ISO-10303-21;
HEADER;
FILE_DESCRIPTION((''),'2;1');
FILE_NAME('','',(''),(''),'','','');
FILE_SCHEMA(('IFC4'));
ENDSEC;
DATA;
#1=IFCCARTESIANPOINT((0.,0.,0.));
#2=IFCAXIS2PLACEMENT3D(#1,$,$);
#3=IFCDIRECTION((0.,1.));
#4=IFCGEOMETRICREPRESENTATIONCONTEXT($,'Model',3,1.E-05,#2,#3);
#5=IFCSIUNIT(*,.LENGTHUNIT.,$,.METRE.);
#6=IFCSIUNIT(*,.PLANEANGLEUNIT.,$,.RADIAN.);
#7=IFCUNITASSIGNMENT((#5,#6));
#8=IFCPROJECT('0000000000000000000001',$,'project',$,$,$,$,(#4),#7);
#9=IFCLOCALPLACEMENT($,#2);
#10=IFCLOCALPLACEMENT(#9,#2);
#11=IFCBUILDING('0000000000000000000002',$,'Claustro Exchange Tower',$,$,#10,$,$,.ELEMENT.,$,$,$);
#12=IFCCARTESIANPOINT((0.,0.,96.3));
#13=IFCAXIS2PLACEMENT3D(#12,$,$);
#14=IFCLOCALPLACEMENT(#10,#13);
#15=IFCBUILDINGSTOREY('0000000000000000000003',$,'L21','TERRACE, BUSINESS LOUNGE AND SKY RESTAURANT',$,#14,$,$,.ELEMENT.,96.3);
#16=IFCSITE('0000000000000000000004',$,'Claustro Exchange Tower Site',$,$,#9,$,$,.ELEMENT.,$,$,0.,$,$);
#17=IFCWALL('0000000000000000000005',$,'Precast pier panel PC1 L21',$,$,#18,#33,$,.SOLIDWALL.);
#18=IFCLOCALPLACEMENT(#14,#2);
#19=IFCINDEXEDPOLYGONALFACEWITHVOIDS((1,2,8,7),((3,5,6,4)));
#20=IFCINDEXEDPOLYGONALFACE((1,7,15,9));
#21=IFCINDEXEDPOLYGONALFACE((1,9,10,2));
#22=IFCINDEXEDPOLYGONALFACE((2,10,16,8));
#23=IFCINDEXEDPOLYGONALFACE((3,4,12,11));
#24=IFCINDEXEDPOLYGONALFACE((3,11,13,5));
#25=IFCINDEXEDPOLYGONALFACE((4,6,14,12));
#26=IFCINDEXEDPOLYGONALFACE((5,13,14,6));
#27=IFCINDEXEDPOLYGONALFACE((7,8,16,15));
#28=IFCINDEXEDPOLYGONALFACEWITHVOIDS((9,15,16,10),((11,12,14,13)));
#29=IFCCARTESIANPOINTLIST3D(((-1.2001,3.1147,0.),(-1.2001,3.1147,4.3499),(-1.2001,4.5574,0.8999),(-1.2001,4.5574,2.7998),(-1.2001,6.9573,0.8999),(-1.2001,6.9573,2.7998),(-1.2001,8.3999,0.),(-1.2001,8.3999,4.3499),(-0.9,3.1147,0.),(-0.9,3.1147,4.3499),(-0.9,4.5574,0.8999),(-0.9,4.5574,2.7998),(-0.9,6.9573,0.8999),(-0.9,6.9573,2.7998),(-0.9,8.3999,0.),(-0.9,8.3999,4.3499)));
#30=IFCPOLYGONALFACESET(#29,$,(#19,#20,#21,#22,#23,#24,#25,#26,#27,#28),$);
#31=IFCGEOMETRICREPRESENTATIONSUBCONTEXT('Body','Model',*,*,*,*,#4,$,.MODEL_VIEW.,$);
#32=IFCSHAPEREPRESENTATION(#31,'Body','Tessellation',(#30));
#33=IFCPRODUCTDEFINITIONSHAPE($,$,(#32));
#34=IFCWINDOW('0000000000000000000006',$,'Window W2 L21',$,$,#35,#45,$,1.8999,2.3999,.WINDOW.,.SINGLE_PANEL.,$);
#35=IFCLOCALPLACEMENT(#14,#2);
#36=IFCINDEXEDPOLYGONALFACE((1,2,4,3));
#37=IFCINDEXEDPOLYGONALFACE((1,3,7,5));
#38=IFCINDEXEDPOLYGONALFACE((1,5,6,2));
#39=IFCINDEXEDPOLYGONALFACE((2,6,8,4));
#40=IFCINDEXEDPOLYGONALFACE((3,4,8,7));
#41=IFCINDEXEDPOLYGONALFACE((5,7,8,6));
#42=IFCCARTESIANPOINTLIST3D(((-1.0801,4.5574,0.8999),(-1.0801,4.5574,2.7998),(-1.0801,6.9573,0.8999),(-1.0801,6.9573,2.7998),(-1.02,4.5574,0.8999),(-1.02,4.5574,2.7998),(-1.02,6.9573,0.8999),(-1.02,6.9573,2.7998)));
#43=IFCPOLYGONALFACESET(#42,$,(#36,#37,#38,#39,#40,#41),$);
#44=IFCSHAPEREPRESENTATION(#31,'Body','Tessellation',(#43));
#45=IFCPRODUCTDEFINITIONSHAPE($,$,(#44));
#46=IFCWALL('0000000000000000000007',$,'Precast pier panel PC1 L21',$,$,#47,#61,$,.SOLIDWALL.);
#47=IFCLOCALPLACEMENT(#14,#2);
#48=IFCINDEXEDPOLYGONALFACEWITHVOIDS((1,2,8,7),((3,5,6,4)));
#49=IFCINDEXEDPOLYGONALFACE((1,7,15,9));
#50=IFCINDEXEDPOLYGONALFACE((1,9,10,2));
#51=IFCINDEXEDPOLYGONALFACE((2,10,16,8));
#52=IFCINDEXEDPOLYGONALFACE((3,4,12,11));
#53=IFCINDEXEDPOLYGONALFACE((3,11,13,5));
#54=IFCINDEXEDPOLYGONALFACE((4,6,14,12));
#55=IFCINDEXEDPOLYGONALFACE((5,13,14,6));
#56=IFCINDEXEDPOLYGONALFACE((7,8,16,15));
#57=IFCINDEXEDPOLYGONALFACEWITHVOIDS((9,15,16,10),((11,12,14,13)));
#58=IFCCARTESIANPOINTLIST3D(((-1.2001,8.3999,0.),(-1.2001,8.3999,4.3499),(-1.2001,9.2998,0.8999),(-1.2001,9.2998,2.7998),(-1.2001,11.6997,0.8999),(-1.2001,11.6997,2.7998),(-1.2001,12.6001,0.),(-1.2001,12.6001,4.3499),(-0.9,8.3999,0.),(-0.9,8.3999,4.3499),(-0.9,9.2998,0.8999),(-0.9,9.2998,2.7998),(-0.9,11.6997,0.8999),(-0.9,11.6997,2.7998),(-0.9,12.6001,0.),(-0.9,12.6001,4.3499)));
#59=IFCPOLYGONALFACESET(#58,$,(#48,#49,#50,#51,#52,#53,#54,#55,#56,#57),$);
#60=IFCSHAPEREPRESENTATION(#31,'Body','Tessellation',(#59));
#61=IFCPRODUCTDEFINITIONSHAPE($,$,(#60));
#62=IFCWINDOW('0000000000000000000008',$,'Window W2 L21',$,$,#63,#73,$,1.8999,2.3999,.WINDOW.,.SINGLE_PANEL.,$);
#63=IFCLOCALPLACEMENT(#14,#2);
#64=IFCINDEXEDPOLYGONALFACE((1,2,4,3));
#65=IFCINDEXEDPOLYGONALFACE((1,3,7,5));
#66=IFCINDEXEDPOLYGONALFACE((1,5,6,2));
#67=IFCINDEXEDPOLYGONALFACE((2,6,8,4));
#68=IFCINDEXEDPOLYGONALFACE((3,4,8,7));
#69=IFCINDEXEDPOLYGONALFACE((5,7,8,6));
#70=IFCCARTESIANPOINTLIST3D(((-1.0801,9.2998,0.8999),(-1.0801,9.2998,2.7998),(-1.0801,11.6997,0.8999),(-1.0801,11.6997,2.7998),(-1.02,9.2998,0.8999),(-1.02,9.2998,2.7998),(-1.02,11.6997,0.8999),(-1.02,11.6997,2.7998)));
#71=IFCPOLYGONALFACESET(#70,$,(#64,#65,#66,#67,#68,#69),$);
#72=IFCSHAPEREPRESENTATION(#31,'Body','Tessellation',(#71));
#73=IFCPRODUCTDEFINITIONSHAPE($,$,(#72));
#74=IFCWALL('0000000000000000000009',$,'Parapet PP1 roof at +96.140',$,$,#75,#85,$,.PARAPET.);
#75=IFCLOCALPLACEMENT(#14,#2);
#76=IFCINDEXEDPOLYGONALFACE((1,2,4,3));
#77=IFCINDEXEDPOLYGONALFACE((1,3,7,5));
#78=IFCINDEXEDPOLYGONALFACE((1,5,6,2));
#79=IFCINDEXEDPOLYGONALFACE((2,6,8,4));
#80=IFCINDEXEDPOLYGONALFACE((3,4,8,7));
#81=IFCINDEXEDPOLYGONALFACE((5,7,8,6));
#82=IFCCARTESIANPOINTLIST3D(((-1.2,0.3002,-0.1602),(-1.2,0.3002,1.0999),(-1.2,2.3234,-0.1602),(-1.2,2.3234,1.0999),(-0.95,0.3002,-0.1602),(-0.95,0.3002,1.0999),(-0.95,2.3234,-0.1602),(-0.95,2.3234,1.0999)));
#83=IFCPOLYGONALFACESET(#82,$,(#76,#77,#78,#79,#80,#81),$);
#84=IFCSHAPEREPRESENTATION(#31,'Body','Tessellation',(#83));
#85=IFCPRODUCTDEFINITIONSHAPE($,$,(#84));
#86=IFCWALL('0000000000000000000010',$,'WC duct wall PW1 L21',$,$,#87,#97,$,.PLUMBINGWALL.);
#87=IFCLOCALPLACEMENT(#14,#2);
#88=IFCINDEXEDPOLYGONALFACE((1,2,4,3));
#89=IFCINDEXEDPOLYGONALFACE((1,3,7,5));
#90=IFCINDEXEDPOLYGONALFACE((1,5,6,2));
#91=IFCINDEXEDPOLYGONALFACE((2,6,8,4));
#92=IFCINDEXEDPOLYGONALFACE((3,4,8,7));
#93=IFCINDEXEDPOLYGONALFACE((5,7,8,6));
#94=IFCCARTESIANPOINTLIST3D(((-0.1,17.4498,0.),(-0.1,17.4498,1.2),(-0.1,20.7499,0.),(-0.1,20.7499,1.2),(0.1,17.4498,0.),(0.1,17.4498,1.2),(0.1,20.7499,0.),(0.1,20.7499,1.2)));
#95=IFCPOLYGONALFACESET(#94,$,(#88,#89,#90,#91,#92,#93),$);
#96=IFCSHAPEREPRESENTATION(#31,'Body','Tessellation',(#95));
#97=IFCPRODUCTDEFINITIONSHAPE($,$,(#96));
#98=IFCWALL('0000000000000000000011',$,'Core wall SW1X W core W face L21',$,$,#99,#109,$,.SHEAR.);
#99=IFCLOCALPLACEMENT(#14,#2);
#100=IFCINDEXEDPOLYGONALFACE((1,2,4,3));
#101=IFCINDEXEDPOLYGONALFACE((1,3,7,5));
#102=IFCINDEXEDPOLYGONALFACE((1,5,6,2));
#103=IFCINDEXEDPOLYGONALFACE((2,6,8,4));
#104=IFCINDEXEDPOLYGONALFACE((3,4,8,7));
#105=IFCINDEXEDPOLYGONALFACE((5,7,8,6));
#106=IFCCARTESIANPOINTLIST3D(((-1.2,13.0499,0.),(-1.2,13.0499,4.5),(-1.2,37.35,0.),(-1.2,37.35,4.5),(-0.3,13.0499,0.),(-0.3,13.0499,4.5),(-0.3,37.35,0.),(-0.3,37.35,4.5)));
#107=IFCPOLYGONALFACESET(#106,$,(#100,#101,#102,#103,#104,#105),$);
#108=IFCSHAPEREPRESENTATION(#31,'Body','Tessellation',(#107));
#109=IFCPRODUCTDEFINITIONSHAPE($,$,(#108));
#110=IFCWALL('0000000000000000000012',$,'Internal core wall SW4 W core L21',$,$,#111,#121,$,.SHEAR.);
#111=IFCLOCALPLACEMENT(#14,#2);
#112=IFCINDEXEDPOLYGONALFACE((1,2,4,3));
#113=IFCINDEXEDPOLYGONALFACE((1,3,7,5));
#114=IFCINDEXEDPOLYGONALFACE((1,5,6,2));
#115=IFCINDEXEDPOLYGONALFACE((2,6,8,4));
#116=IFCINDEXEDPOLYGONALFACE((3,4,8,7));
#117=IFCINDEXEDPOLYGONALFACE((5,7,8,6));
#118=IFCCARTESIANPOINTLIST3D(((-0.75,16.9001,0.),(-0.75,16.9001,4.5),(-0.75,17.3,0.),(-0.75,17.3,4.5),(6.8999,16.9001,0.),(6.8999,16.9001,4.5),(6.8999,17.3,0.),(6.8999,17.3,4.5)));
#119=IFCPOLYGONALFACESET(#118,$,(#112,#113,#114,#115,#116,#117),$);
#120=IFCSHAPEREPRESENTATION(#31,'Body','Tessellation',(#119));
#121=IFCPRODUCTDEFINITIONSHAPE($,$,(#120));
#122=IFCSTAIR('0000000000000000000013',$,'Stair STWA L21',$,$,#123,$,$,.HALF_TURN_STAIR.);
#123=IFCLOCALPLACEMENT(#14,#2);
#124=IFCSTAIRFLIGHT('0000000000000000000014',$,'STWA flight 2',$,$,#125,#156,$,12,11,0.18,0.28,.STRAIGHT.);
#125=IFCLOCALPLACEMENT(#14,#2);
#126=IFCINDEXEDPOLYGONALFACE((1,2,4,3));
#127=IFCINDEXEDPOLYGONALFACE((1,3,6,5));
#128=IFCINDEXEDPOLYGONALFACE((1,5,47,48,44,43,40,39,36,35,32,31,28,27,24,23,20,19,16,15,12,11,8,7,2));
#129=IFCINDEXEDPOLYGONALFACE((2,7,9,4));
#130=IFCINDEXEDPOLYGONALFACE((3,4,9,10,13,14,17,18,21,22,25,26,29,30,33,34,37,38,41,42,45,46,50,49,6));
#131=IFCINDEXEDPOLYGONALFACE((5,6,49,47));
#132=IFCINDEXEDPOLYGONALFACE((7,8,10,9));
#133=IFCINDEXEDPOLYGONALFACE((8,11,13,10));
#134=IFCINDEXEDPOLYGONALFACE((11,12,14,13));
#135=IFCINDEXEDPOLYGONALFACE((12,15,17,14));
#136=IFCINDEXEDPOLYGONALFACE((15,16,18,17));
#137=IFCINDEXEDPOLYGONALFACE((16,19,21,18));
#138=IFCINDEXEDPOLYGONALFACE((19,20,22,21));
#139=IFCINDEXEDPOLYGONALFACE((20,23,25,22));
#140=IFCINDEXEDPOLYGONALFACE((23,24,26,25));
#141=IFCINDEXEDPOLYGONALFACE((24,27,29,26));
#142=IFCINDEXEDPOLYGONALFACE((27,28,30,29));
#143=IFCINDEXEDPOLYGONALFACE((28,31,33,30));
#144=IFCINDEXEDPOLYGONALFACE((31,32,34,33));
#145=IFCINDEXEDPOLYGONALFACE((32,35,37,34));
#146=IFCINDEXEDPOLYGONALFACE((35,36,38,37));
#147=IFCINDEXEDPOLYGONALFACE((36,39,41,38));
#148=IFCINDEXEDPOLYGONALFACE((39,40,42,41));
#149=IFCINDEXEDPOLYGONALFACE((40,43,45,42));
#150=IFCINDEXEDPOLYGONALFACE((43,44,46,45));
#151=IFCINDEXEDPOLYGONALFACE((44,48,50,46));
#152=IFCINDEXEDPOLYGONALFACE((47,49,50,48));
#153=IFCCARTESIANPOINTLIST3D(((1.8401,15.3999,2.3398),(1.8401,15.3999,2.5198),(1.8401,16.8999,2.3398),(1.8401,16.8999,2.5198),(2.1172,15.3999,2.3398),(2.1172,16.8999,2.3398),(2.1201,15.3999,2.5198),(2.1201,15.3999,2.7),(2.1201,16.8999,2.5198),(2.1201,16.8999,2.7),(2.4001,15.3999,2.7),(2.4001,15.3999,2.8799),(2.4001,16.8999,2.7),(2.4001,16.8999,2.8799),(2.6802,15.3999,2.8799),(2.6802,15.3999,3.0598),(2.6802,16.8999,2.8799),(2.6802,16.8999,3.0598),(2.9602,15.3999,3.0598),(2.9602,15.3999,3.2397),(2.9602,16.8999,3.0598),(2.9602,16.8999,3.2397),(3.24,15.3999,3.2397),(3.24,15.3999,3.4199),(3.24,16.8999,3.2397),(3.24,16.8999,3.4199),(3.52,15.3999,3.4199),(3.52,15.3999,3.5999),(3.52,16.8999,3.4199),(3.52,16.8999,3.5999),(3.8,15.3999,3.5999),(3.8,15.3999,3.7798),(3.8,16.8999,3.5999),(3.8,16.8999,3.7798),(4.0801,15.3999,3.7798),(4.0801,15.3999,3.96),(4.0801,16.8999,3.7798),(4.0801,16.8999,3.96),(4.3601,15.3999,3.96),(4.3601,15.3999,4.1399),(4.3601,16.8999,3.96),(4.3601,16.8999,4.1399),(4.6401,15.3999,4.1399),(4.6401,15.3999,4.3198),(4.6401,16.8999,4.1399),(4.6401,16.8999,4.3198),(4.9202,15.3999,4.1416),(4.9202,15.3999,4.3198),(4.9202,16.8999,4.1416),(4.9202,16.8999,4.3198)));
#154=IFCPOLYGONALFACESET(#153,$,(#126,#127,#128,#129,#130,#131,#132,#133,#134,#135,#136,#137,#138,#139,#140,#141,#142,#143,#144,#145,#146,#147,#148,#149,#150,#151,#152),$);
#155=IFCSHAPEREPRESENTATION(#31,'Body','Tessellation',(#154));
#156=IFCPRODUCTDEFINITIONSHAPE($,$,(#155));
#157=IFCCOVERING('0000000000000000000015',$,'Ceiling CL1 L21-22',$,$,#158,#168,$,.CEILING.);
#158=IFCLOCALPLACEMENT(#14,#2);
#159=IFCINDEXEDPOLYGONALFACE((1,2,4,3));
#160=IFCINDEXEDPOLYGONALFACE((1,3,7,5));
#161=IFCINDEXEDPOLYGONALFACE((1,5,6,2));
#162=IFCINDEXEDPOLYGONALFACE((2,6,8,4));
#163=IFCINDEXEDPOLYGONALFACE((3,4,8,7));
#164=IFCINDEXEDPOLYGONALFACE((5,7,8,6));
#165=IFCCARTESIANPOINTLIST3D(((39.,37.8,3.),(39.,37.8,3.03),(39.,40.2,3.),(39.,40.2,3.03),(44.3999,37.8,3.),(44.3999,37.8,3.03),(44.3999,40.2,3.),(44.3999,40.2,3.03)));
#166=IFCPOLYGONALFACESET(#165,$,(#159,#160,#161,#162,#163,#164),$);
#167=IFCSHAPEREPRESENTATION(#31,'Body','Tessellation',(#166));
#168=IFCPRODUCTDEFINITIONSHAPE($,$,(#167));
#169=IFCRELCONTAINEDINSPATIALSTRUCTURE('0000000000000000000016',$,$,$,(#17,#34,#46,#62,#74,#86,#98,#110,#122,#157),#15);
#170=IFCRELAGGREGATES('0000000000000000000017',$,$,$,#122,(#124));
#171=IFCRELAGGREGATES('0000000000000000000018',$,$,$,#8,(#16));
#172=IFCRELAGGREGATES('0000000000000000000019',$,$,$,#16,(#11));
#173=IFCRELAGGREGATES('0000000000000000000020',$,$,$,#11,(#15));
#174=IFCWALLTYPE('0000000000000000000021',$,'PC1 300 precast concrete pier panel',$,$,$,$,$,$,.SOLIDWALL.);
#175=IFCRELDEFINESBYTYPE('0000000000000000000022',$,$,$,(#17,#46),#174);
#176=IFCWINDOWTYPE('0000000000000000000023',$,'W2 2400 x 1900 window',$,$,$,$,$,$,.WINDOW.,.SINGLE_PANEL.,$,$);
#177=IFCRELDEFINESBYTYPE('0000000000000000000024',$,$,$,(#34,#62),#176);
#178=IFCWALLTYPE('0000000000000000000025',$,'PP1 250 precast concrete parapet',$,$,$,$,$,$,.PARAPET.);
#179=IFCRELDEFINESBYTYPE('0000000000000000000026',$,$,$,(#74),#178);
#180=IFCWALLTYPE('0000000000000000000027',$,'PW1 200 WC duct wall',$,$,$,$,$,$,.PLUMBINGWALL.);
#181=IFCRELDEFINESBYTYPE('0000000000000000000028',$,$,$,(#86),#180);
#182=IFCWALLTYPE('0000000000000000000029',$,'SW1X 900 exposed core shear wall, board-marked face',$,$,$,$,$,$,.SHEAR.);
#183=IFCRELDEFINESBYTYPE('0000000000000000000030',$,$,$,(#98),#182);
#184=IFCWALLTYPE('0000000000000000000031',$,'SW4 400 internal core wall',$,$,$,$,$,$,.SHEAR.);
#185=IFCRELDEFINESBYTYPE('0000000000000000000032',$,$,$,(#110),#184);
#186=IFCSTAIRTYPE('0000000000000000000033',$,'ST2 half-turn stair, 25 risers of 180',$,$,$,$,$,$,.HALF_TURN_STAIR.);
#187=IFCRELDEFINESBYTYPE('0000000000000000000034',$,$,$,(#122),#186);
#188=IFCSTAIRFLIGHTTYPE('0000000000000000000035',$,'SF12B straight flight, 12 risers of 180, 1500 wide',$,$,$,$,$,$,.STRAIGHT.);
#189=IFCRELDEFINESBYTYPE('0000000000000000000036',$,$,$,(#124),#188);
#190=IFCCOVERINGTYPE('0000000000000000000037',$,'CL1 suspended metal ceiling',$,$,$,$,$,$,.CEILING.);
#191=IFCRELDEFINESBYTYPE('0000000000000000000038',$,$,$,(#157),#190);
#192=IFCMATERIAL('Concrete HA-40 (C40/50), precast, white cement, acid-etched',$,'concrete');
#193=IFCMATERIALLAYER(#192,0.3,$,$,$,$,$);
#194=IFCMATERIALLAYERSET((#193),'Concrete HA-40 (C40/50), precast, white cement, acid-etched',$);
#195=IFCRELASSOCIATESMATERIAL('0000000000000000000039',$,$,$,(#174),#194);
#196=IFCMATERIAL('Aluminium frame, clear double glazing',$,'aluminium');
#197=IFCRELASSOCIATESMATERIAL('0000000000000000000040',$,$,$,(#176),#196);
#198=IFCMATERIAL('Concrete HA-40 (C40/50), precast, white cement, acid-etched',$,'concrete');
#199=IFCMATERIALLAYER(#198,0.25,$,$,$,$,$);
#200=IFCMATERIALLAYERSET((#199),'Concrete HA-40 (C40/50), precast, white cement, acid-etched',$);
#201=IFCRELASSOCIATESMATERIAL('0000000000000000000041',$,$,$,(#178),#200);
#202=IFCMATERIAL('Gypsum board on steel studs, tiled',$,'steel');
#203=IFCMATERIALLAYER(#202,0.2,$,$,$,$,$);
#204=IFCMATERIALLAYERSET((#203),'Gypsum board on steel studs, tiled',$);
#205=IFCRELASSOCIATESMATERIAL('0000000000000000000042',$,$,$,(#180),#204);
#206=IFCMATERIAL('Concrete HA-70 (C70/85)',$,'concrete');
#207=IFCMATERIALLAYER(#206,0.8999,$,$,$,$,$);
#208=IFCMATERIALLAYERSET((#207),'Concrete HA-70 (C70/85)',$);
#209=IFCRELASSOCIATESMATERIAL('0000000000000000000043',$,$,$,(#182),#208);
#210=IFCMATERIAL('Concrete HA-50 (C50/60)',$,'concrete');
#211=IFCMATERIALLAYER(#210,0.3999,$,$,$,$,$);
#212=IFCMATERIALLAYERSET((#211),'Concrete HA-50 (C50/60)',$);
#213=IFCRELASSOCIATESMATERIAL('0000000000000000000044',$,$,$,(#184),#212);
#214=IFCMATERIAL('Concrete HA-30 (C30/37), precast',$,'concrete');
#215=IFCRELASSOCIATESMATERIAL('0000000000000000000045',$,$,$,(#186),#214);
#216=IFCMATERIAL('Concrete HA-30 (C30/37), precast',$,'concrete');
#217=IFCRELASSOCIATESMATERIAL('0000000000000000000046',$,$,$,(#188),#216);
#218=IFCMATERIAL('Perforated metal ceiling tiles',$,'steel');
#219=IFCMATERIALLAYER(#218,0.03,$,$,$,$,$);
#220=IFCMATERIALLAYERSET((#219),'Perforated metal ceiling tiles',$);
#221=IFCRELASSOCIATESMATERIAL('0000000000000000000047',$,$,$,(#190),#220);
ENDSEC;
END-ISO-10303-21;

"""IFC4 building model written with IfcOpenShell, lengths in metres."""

from ifc_helpers import new_model, si_unit, direction, frame, frame_2d, origin, place, context, subcontext, project, spatial, polyline, rectangle, outline, extrude, material, layer, layer_set, type_object, element, fill, aggregate, save


model = new_model("IFC4")

# Units and contexts
model_context = context("Model", 3, precision=1e-05, world=origin(), true_north=direction((0.0, 1.0)))
body_context = subcontext(model_context, "Body", "Model", "MODEL_VIEW")
ifc_project = project(units=[si_unit("LENGTHUNIT", "METRE"), si_unit("PLANEANGLEUNIT", "RADIAN")], contexts=[model_context])

# Site, building, storey
site_placement = place(None, origin())
site = spatial("IfcSite", under=ifc_project, at=site_placement, Name="Claustro Exchange Tower Site", CompositionType="ELEMENT", RefElevation=0.0)
building_placement = place(site_placement, origin())
building = spatial("IfcBuilding", under=site, at=building_placement, Name="Claustro Exchange Tower", CompositionType="ELEMENT")
storey_placement = place(building_placement, frame((0.0, 0.0, 96.3)))
storey = spatial("IfcBuildingStorey", under=building, at=storey_placement, Name="L21", Description="TERRACE, BUSINESS LOUNGE AND SKY RESTAURANT", CompositionType="ELEMENT", Elevation=96.3)

# Shared definitions
ifc_material_1 = material(Name="Concrete HA-40 (C40/50), precast, white cement, acid-etched", Category="concrete")
ifc_layer_1 = layer(ifc_material_1, 0.3)
ifc_layer_set_1 = layer_set([ifc_layer_1], Name="Concrete HA-40 (C40/50), precast, white cement, acid-etched")
wall_type_1 = type_object("IfcWallType", Name="PC1 300 precast concrete pier panel", PredefinedType="SOLIDWALL", material=ifc_layer_set_1)

# Walls, openings, windows
wall_1_placement = place(storey_placement, frame((-1.05, 3.1147, 0.0), z_axis=(0.0, 0.0, 1.0), x_axis=(0.0, 1.0, 0.0)))
wall_1 = element("IfcWall", 1, at=wall_1_placement, inside=storey, type_object=wall_type_1, Name="Precast pier panel PC1 L21", PredefinedType="SOLIDWALL", context=body_context, shape_type="SweptSolid", body=[
    extrude(rectangle(XDim=5.2852, YDim=0.3, at=frame_2d((2.6426, 0.0))), origin(), (0.0, 0.0, 1.0), 4.3499),
])
opening_1_placement = place(wall_1_placement, frame((1.4426, 0.0, 0.8999)))
opening_1 = element("IfcOpeningElement", 2, at=opening_1_placement, cuts=wall_1, PredefinedType="OPENING", context=body_context, shape_type="SweptSolid", body=[
    extrude(rectangle(XDim=2.3999, YDim=1.8999, at=frame_2d((1.2, 0.95))), frame((0.0, 0.1599, 0.0), z_axis=(0.0, -1.0, 0.0), x_axis=(1.0, 0.0, 0.0)), (0.0, 0.0, 1.0), 0.3201),
])
ifc_material_2 = material(Name="Aluminium frame, clear double glazing", Category="aluminium")
window_type = type_object("IfcWindowType", Name="W2 2400 x 1900 window", PartitioningType="SINGLE_PANEL", PredefinedType="WINDOW", material=ifc_material_2)
window_1_placement = place(opening_1_placement, origin())
window_1 = element("IfcWindow", 3, at=window_1_placement, inside=storey, type_object=window_type, Name="Window W2 L21", OverallHeight=1.8999, OverallWidth=2.3999, PartitioningType="SINGLE_PANEL", PredefinedType="WINDOW", context=body_context, shape_type="SweptSolid", body=[
    extrude(rectangle(XDim=2.3999, YDim=1.8999, at=frame_2d((1.2, 0.95))), frame((0.0, 0.03, 0.0), z_axis=(0.0, -1.0, 0.0), x_axis=(1.0, 0.0, 0.0)), (0.0, 0.0, 1.0), 0.0601),
])
fill(opening_1, window_1)
wall_2_placement = place(storey_placement, frame((-1.05, 8.3999, 0.0), z_axis=(0.0, 0.0, 1.0), x_axis=(0.0, 1.0, 0.0)))
wall_2 = element("IfcWall", 4, at=wall_2_placement, inside=storey, type_object=wall_type_1, Name="Precast pier panel PC1 L21", PredefinedType="SOLIDWALL", context=body_context, shape_type="SweptSolid", body=[
    extrude(rectangle(XDim=4.2002, YDim=0.3, at=frame_2d((2.1001, 0.0))), origin(), (0.0, 0.0, 1.0), 4.3499),
])
opening_2_placement = place(wall_2_placement, frame((0.8999, 0.0, 0.8999)))
opening_2 = element("IfcOpeningElement", 5, at=opening_2_placement, cuts=wall_2, PredefinedType="OPENING", context=body_context, shape_type="SweptSolid", body=[
    extrude(rectangle(XDim=2.3999, YDim=1.8999, at=frame_2d((1.2, 0.95))), frame((0.0, 0.1599, 0.0), z_axis=(0.0, -1.0, 0.0), x_axis=(1.0, 0.0, 0.0)), (0.0, 0.0, 1.0), 0.3201),
])
window_2_placement = place(opening_2_placement, origin())
window_2 = element("IfcWindow", 6, at=window_2_placement, inside=storey, type_object=window_type, Name="Window W2 L21", OverallHeight=1.8999, OverallWidth=2.3999, PartitioningType="SINGLE_PANEL", PredefinedType="WINDOW", context=body_context, shape_type="SweptSolid", body=[
    extrude(rectangle(XDim=2.3999, YDim=1.8999, at=frame_2d((1.2, 0.95))), frame((0.0, 0.03, 0.0), z_axis=(0.0, -1.0, 0.0), x_axis=(1.0, 0.0, 0.0)), (0.0, 0.0, 1.0), 0.0601),
])
fill(opening_2, window_2)

# Walls
ifc_material_3 = material(Name="Concrete HA-40 (C40/50), precast, white cement, acid-etched", Category="concrete")
ifc_layer_2 = layer(ifc_material_3, 0.25)
ifc_layer_set_2 = layer_set([ifc_layer_2], Name="Concrete HA-40 (C40/50), precast, white cement, acid-etched")
wall_type_2 = type_object("IfcWallType", Name="PP1 250 precast concrete parapet", PredefinedType="PARAPET", material=ifc_layer_set_2)
wall_3_placement = place(storey_placement, frame((-1.075, 0.3, -0.1602), z_axis=(0.0, 0.0, 1.0), x_axis=(0.0, 1.0, 0.0)))
element("IfcWall", 7, at=wall_3_placement, inside=storey, type_object=wall_type_2, Name="Parapet PP1 roof at +96.140", PredefinedType="PARAPET", context=body_context, shape_type="SweptSolid", body=[
    extrude(rectangle(XDim=2.0232, YDim=0.25, at=frame_2d((1.0117, 0.0))), origin(), (0.0, 0.0, 1.0), 1.26),
])
ifc_material_4 = material(Name="Gypsum board on steel studs, tiled", Category="steel")
ifc_layer_3 = layer(ifc_material_4, 0.2)
ifc_layer_set_3 = layer_set([ifc_layer_3], Name="Gypsum board on steel studs, tiled")
wall_type_3 = type_object("IfcWallType", Name="PW1 200 WC duct wall", PredefinedType="PLUMBINGWALL", material=ifc_layer_set_3)
wall_4_placement = place(storey_placement, frame((0.0, 17.45, 0.0), z_axis=(0.0, 0.0, 1.0), x_axis=(0.0, 1.0, 0.0)))
element("IfcWall", 8, at=wall_4_placement, inside=storey, type_object=wall_type_3, Name="WC duct wall PW1 L21", PredefinedType="PLUMBINGWALL", context=body_context, shape_type="SweptSolid", body=[
    extrude(rectangle(XDim=3.3, YDim=0.2, at=frame_2d((1.6499, 0.0))), origin(), (0.0, 0.0, 1.0), 1.2),
])

# Walls
ifc_material_5 = material(Name="Concrete HA-70 (C70/85)", Category="concrete")
ifc_layer_4 = layer(ifc_material_5, 0.8999)
ifc_layer_set_4 = layer_set([ifc_layer_4], Name="Concrete HA-70 (C70/85)")
wall_type_4 = type_object("IfcWallType", Name="SW1X 900 exposed core shear wall, board-marked face", PredefinedType="SHEAR", material=ifc_layer_set_4)
wall_5_placement = place(storey_placement, frame((-0.75, 13.05, 0.0), z_axis=(0.0, 0.0, 1.0), x_axis=(0.0, 1.0, 0.0)))
element("IfcWall", 9, at=wall_5_placement, inside=storey, type_object=wall_type_4, Name="Core wall SW1X W core W face L21", PredefinedType="SHEAR", context=body_context, shape_type="SweptSolid", body=[
    extrude(rectangle(XDim=24.3, YDim=0.8999, at=frame_2d((12.1499, 0.0))), origin(), (0.0, 0.0, 1.0), 4.5),
])
ifc_material_6 = material(Name="Concrete HA-50 (C50/60)", Category="concrete")
ifc_layer_5 = layer(ifc_material_6, 0.3999)
ifc_layer_set_5 = layer_set([ifc_layer_5], Name="Concrete HA-50 (C50/60)")
wall_type_5 = type_object("IfcWallType", Name="SW4 400 internal core wall", PredefinedType="SHEAR", material=ifc_layer_set_5)
wall_6_placement = place(storey_placement, frame((-0.75, 17.1001, 0.0), z_axis=(0.0, 0.0, 1.0), x_axis=(1.0, 0.0, 0.0)))
element("IfcWall", 10, at=wall_6_placement, inside=storey, type_object=wall_type_5, Name="Internal core wall SW4 W core L21", PredefinedType="SHEAR", context=body_context, shape_type="SweptSolid", body=[
    extrude(rectangle(XDim=7.6499, YDim=0.3999, at=frame_2d((3.825, 0.0))), origin(), (0.0, 0.0, 1.0), 4.5),
])

# Stair, stair flight
ifc_material_7 = material(Name="Concrete HA-30 (C30/37), precast", Category="concrete")
stair_type = type_object("IfcStairType", Name="ST2 half-turn stair, 25 risers of 180", PredefinedType="HALF_TURN_STAIR", material=ifc_material_7)
stair_placement = place(storey_placement, origin())
stair = element("IfcStair", 11, at=stair_placement, inside=storey, type_object=stair_type, Name="Stair STWA L21", PredefinedType="HALF_TURN_STAIR")
ifc_material_8 = material(Name="Concrete HA-30 (C30/37), precast", Category="concrete")
stair_flight_type = type_object("IfcStairFlightType", Name="SF12B straight flight, 12 risers of 180, 1500 wide", PredefinedType="STRAIGHT", material=ifc_material_8)
stair_flight_placement = place(storey_placement, frame((1.8401, 16.1499, 2.3398), z_axis=(0.0, 0.0, 1.0), x_axis=(1.0, 0.0, 0.0)))
stair_flight = element("IfcStairFlight", 12, at=stair_flight_placement, type_object=stair_flight_type, Name="STWA flight 2", NumberOfRisers=12, NumberOfTreads=11, PredefinedType="STRAIGHT", RiserHeight=0.18, TreadLength=0.28, context=body_context, shape_type="SweptSolid", body=[
    extrude(outline(polyline([(0.0, 0.0), (0.0, 0.1799), (0.28, 0.1799), (0.28, 0.3601), (0.5601, 0.3601), (0.5601, 0.54), (0.8401, 0.54), (0.8401, 0.72), (1.1201, 0.72), (1.1201, 0.8999), (1.3999, 0.8999), (1.3999, 1.0801), (1.6799, 1.0801), (1.6799, 1.26), (1.96, 1.26), (1.96, 1.4399), (2.24, 1.4399), (2.24, 1.6201), (2.52, 1.6201), (2.52, 1.8), (2.8, 1.8), (2.8, 1.98), (3.0801, 1.98), (3.0801, 2.1599), (3.0801, 1.8018), (0.2771, 0.0), (0.0, 0.0)])), frame((0.0, 0.75, 0.0), z_axis=(0.0, -1.0, 0.0), x_axis=(1.0, 0.0, 0.0)), (0.0, 0.0, 1.0), 1.5),
])
aggregate(stair, [stair_flight])

# Covering
ifc_material_9 = material(Name="Perforated metal ceiling tiles", Category="steel")
ifc_layer_6 = layer(ifc_material_9, 0.03)
ifc_layer_set_6 = layer_set([ifc_layer_6], Name="Perforated metal ceiling tiles")
covering_type_1 = type_object("IfcCoveringType", Name="CL1 suspended metal ceiling", PredefinedType="CEILING", material=ifc_layer_set_6)
covering_1_placement = place(storey_placement, frame((0.0, 0.0, 3.0)))
element("IfcCovering", 13, at=covering_1_placement, inside=storey, type_object=covering_type_1, Name="Ceiling CL1 L21-22", PredefinedType="CEILING", context=body_context, shape_type="SweptSolid", body=[
    extrude(outline(polyline([(39.0, 37.8), (44.3999, 37.8), (44.3999, 40.2), (39.0, 40.2), (39.0, 37.8)])), origin(), (0.0, 0.0, 1.0), 0.03),
])

save(model, "model.ifc")
